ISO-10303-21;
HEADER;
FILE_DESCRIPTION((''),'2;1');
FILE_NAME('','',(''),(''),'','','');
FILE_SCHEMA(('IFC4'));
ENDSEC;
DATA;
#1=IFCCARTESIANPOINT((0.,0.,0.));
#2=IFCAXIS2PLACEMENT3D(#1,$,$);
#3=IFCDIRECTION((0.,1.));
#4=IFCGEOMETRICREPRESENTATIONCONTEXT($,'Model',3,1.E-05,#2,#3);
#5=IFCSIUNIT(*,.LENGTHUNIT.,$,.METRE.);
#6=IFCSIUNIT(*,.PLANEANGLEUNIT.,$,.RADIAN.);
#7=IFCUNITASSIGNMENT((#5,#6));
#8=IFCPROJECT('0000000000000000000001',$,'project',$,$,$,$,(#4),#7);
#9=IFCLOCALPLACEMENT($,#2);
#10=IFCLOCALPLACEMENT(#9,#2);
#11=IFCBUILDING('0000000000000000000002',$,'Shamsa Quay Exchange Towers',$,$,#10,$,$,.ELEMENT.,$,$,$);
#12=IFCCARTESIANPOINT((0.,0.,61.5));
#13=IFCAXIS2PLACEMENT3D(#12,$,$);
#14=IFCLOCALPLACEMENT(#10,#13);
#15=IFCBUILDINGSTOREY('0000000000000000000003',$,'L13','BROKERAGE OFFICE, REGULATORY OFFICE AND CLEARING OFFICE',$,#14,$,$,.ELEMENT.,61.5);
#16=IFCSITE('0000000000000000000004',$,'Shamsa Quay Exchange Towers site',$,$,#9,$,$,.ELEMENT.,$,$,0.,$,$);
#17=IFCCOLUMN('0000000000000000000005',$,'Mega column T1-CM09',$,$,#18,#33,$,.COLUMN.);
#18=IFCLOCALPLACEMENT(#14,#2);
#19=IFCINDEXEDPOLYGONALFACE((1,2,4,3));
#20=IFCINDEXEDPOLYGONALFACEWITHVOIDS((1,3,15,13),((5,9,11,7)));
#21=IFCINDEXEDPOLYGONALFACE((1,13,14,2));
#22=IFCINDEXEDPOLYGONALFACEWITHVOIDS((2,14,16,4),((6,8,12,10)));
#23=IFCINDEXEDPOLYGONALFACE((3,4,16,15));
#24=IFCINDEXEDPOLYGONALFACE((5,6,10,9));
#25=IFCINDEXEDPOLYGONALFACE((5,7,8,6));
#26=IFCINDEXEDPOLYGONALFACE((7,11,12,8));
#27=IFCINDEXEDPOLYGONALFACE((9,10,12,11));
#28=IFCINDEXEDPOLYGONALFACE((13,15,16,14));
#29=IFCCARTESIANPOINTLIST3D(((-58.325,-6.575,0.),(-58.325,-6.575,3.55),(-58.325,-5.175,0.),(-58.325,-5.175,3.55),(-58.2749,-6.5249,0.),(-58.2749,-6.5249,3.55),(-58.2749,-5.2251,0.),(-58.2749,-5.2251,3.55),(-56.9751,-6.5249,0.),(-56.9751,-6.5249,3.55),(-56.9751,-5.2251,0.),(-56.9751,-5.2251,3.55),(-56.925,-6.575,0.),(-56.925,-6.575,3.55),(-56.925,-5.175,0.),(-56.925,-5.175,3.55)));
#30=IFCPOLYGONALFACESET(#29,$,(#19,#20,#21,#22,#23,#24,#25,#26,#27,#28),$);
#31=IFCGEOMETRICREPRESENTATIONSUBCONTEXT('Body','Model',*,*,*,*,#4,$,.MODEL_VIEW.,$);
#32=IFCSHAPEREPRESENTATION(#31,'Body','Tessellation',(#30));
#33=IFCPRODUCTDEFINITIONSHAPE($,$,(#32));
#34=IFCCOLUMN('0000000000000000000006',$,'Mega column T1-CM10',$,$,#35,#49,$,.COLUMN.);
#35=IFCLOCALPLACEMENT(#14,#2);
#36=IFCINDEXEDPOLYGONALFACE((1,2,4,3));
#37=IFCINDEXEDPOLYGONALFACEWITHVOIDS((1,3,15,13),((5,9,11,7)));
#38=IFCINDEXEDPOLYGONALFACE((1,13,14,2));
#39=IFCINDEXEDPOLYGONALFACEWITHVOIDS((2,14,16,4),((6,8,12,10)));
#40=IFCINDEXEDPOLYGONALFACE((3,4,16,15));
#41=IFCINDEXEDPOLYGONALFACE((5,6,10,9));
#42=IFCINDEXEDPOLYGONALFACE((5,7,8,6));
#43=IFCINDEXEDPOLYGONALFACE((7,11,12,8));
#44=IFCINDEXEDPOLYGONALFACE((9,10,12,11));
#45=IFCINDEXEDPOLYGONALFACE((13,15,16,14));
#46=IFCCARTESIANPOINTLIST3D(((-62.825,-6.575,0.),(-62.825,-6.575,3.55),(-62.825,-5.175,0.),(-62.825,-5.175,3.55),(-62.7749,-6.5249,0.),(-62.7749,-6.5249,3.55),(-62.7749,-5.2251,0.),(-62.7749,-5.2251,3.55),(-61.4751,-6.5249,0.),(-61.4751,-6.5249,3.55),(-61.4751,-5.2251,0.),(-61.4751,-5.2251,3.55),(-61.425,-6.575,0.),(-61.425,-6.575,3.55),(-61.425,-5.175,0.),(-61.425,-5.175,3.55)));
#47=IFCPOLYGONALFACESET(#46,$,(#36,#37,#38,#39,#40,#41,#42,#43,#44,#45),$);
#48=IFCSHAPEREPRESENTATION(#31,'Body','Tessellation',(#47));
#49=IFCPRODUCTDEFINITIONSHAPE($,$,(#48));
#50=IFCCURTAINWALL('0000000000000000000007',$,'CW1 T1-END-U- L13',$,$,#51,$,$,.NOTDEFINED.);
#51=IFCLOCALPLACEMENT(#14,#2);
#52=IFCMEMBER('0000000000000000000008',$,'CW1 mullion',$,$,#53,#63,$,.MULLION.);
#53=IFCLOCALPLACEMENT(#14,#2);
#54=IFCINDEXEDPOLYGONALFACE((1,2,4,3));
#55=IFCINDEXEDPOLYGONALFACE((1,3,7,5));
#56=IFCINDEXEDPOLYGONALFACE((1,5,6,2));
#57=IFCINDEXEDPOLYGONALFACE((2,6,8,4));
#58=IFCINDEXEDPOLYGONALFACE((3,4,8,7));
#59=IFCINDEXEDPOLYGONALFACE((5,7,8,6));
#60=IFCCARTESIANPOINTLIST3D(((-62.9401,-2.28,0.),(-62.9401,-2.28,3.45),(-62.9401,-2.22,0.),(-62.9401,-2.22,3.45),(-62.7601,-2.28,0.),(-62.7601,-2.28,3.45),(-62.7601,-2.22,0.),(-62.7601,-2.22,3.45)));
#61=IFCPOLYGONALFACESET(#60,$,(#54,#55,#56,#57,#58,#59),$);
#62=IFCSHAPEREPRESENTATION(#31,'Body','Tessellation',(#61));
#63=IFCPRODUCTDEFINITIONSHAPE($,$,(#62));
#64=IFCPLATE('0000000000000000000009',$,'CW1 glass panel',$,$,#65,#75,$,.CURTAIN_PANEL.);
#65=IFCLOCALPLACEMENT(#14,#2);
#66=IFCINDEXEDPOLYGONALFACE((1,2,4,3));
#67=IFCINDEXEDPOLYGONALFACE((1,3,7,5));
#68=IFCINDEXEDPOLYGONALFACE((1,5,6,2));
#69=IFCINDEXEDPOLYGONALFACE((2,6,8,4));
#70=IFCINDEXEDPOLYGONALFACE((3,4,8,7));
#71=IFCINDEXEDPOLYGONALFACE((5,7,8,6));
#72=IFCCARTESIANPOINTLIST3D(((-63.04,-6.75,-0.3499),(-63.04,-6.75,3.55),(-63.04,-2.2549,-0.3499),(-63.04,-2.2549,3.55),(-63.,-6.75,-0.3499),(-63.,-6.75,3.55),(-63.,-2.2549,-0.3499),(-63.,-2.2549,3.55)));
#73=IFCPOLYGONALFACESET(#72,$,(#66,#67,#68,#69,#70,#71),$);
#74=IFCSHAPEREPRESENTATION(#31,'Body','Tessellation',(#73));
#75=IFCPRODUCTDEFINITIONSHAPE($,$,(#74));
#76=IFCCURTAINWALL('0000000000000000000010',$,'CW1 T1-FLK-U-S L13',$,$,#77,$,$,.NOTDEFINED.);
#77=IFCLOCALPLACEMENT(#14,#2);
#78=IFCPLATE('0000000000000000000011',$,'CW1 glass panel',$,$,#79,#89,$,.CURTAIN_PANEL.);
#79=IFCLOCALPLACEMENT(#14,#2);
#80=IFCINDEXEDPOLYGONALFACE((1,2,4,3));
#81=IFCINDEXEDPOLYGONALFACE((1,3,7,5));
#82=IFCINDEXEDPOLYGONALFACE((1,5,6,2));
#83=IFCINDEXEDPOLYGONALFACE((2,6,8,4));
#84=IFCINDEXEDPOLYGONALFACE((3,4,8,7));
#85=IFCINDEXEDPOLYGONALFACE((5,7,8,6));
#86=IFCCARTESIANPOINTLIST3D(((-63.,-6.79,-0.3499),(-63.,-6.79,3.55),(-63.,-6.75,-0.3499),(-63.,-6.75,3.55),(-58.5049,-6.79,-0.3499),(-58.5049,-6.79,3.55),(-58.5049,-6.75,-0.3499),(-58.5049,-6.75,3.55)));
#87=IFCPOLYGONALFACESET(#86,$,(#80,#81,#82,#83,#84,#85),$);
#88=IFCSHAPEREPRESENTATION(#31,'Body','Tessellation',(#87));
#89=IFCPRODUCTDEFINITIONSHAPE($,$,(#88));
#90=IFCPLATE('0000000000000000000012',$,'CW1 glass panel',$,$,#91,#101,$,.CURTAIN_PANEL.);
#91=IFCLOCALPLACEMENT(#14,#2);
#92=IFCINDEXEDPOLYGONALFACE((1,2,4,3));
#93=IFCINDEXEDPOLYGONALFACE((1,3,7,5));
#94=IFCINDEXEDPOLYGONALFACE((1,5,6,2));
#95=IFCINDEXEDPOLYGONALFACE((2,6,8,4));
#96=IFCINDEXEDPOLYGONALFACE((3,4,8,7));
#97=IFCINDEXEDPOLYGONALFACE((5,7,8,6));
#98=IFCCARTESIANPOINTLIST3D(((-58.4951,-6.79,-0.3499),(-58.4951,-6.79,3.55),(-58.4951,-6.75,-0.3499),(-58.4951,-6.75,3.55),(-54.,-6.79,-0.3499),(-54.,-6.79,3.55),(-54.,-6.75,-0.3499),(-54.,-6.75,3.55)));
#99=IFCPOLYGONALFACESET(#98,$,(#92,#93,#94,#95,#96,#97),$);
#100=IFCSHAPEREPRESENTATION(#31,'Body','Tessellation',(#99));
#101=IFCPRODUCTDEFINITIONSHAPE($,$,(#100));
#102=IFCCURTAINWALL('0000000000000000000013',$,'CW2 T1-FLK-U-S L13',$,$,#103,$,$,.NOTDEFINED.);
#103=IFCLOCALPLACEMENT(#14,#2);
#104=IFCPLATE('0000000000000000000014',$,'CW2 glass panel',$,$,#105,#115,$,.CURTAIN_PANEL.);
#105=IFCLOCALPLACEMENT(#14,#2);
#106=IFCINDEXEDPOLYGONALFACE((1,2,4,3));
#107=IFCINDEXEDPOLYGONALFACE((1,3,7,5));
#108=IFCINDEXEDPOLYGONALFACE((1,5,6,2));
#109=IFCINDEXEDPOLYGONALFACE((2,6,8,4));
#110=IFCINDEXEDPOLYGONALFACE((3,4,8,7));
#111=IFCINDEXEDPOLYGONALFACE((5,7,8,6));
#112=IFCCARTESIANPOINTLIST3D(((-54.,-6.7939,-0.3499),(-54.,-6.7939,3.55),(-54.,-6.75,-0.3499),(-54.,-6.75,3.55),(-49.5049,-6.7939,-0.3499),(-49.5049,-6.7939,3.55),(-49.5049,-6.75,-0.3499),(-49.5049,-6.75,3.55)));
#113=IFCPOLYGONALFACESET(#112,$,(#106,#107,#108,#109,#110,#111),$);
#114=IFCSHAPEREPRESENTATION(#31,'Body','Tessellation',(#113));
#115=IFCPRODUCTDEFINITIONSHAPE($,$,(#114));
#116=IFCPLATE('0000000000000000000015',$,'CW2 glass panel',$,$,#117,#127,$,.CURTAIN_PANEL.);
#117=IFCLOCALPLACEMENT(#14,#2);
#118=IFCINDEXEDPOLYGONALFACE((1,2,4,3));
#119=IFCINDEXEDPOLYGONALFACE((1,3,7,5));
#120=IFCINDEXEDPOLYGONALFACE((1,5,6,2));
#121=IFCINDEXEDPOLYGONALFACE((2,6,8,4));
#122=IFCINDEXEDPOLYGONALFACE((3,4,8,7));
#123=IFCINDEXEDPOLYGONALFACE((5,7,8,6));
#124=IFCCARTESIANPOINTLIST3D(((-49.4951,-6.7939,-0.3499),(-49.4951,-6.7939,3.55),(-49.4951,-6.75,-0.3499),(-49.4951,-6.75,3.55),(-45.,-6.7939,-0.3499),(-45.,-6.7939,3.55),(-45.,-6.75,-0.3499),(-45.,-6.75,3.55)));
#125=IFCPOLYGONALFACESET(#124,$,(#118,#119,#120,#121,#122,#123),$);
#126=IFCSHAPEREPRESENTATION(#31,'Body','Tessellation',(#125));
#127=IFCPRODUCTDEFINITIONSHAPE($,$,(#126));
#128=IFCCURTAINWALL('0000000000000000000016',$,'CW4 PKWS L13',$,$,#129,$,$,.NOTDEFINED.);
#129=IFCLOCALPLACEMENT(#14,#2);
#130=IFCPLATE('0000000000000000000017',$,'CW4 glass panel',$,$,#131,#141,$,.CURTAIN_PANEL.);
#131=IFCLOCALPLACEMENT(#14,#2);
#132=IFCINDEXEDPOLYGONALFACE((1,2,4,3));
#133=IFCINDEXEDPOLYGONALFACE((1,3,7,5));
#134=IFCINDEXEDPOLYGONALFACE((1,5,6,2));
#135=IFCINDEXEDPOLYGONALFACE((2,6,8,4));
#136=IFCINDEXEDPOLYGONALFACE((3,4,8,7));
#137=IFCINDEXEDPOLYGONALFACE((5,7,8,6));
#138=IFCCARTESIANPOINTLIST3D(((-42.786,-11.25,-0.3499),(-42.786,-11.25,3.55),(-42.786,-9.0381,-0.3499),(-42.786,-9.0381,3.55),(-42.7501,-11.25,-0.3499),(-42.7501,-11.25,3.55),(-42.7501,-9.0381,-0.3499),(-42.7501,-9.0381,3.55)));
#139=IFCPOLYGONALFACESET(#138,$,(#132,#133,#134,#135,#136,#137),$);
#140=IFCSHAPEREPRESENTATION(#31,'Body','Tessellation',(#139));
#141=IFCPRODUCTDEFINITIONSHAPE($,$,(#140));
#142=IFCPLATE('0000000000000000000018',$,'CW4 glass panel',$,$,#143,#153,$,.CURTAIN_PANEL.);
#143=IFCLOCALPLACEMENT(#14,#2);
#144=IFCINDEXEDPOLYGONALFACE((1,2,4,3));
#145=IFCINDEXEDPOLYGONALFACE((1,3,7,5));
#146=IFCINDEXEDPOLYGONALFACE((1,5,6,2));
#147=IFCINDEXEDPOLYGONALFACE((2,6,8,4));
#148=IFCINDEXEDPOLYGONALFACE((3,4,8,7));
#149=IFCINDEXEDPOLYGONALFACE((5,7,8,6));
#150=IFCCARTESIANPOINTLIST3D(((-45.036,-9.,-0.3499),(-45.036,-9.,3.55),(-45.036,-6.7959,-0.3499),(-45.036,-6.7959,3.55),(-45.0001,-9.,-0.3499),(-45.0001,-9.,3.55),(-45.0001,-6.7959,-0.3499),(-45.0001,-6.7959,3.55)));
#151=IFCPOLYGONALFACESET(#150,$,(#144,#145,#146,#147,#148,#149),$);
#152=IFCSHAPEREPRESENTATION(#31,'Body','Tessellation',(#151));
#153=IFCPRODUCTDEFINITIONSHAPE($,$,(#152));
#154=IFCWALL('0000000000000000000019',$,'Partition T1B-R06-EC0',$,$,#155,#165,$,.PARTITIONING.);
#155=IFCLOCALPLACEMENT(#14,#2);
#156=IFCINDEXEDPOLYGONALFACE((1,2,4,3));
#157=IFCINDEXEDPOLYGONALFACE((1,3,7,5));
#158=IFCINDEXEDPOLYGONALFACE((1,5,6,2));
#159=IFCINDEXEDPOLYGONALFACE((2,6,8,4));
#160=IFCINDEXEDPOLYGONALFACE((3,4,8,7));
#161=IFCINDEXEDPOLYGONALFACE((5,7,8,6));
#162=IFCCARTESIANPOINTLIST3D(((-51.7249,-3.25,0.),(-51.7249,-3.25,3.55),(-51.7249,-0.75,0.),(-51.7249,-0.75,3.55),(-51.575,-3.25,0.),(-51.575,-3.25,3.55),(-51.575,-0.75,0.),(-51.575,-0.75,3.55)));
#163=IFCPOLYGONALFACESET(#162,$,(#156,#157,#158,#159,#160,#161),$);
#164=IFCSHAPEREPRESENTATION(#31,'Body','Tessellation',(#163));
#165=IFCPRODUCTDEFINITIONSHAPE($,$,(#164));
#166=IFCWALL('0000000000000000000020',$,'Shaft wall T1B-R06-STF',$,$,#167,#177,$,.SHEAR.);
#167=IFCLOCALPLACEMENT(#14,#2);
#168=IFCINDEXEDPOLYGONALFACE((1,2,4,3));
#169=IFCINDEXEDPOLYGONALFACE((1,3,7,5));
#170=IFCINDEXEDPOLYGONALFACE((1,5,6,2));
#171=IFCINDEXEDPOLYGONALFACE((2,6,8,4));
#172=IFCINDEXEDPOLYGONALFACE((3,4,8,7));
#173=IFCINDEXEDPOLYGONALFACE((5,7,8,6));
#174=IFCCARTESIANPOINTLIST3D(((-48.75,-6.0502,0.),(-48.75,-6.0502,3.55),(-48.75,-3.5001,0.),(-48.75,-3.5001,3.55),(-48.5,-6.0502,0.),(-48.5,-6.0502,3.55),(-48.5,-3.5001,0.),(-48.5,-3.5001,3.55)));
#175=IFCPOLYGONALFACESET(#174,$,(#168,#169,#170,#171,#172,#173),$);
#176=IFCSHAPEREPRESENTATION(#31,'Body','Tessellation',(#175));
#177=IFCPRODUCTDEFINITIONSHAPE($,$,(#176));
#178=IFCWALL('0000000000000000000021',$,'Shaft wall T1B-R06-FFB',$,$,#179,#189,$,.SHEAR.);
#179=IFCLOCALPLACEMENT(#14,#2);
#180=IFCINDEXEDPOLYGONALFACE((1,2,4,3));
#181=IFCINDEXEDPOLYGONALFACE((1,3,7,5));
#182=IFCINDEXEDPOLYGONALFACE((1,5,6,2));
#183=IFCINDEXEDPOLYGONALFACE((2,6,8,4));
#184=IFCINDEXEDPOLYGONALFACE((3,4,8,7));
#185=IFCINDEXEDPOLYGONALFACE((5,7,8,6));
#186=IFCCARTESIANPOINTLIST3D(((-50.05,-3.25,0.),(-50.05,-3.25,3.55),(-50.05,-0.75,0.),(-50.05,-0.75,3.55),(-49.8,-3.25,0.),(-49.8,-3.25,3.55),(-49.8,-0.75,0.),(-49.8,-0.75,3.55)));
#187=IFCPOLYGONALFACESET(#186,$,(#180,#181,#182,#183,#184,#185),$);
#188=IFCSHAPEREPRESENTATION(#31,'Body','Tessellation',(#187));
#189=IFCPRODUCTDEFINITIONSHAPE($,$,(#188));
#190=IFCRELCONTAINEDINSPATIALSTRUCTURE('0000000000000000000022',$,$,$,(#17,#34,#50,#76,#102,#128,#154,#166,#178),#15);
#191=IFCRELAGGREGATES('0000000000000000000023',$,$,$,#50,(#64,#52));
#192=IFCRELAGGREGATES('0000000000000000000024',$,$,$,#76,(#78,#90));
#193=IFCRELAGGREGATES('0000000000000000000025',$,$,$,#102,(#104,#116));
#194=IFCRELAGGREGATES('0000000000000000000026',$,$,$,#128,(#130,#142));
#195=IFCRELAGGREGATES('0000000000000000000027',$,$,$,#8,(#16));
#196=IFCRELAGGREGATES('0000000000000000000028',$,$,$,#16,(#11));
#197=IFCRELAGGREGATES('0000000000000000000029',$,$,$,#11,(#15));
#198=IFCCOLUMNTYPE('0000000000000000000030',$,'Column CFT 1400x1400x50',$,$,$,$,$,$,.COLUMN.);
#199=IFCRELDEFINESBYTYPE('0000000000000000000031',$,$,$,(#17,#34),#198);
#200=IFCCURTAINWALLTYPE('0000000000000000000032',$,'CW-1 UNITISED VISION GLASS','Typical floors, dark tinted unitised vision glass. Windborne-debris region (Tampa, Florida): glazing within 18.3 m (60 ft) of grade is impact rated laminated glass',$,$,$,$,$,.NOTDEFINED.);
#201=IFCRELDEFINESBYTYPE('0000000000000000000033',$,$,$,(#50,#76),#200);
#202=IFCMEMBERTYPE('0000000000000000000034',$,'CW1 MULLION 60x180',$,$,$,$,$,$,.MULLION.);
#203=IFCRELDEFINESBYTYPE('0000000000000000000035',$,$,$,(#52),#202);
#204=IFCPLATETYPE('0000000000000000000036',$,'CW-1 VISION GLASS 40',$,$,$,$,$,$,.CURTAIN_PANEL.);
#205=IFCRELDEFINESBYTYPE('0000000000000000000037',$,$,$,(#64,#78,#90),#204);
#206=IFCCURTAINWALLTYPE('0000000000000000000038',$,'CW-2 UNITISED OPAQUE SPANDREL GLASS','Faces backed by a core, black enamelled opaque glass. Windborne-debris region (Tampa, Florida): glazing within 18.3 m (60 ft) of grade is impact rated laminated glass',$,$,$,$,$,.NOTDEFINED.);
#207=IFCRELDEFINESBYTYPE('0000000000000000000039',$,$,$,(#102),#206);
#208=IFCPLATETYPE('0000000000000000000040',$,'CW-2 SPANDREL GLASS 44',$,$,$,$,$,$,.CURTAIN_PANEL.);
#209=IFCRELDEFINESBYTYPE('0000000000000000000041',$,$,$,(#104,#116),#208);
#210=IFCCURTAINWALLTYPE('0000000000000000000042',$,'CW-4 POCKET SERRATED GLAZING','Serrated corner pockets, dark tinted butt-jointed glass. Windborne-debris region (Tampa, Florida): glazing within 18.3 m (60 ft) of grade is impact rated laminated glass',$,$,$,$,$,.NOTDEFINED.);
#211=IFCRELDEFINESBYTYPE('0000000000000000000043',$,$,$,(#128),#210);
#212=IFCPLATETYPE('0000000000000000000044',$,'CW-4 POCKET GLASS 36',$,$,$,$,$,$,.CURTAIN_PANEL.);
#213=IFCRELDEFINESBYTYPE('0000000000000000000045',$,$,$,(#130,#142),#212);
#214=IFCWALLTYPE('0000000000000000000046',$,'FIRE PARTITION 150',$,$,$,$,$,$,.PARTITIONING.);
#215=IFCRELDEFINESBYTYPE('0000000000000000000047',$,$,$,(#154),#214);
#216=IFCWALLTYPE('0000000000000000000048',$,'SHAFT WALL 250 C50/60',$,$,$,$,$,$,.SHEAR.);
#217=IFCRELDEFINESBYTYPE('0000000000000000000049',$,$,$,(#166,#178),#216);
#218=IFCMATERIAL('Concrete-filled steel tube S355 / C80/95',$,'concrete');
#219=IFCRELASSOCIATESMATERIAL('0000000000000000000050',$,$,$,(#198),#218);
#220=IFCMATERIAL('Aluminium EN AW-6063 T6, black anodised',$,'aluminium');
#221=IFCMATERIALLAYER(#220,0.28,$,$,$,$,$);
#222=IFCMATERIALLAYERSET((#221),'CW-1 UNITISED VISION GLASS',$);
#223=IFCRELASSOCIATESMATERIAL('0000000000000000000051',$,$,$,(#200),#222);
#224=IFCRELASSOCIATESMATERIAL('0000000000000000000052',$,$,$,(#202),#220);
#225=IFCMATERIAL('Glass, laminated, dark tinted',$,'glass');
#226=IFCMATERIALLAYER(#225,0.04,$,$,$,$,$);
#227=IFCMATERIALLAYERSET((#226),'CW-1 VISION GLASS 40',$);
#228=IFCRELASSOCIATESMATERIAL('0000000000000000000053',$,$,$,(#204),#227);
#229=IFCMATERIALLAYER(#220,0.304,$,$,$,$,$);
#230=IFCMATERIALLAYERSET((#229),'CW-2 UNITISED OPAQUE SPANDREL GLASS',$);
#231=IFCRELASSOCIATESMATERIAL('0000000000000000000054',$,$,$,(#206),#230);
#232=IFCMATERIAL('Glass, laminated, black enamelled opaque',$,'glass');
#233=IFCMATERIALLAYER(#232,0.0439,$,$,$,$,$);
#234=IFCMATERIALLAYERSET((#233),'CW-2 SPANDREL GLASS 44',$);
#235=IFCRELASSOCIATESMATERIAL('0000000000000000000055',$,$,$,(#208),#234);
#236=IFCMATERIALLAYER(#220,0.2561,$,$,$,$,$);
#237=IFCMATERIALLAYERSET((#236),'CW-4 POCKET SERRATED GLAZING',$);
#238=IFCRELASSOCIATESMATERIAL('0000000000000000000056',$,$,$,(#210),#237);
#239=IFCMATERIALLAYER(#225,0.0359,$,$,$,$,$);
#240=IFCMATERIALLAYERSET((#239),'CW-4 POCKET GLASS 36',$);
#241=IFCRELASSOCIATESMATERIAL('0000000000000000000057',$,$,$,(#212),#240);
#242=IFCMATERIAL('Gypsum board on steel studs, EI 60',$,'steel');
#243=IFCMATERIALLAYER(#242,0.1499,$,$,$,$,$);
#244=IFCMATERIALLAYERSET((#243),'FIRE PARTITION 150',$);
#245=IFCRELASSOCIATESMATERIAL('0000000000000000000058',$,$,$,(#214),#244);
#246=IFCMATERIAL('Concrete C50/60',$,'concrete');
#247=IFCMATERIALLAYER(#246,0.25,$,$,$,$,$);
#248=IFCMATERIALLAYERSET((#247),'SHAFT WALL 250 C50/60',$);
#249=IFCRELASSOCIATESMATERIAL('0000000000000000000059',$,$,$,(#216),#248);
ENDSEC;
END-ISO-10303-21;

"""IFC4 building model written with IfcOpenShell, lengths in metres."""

from ifc_helpers import new_model, si_unit, direction, frame, frame_2d, origin, origin_2d, place, context, subcontext, project, spatial, rectangle, hollow_rectangle, extrude, material, layer, layer_set, material_profile, profile_set, type_object, element, aggregate, save


model = new_model("IFC4")

# Units and contexts
model_context = context("Model", 3, precision=1e-05, world=origin(), true_north=direction((0.0, 1.0)))
body_context = subcontext(model_context, "Body", "Model", "MODEL_VIEW")
ifc_project = project(units=[si_unit("LENGTHUNIT", "METRE"), si_unit("PLANEANGLEUNIT", "RADIAN")], contexts=[model_context])

# Site, building, storey
site_placement = place(None, origin())
site = spatial("IfcSite", under=ifc_project, at=site_placement, Name="Shamsa Quay Exchange Towers site", CompositionType="ELEMENT", RefElevation=0.0)
building_placement = place(site_placement, origin())
building = spatial("IfcBuilding", under=site, at=building_placement, Name="Shamsa Quay Exchange Towers", CompositionType="ELEMENT")
storey_placement = place(building_placement, frame((0.0, 0.0, 61.5)))
storey = spatial("IfcBuildingStorey", under=building, at=storey_placement, Name="L13", Description="BROKERAGE OFFICE, REGULATORY OFFICE AND CLEARING OFFICE", CompositionType="ELEMENT", Elevation=61.5)

# Columns
ifc_material_1 = material(Name="Concrete-filled steel tube S355 / C80/95", Category="concrete")
ifc_material_profile_1 = material_profile(ifc_material_1, hollow_rectangle(XDim=1.3999, YDim=1.3999, WallThickness=0.05, at=origin_2d()), Name="CFT 1400x1400x50")
ifc_profile_set_1 = profile_set([ifc_material_profile_1], Name="Concrete-filled steel tube S355 / C80/95")
column_type = type_object("IfcColumnType", Name="Column CFT 1400x1400x50", PredefinedType="COLUMN", material=ifc_profile_set_1)
for number, where, name in (
    (1, (-57.625, -5.875, 0.0), "Mega column T1-CM09"),
    (2, (-62.125, -5.875, 0.0), "Mega column T1-CM10"),
):
    element("IfcColumn", number, at=place(storey_placement, frame(where)), inside=storey, type_object=column_type, Name=name, PredefinedType="COLUMN", context=body_context, shape_type="SweptSolid", body=[
        extrude(hollow_rectangle(XDim=1.3999, YDim=1.3999, WallThickness=0.05, at=origin_2d()), origin(), (0.0, 0.0, 1.0), 3.55),
    ])

# Curtain wall, member, plate
ifc_material_2 = material(Name="Aluminium EN AW-6063 T6, black anodised", Category="aluminium")
ifc_layer_1 = layer(ifc_material_2, 0.28)
ifc_layer_set_1 = layer_set([ifc_layer_1], Name="CW-1 UNITISED VISION GLASS")
curtain_wall_type_1 = type_object("IfcCurtainWallType", Name="CW-1 UNITISED VISION GLASS", Description="Typical floors, dark tinted unitised vision glass. Windborne-debris region (Tampa, Florida): glazing within 18.3 m (60 ft) of grade is impact rated laminated glass", PredefinedType="NOTDEFINED", material=ifc_layer_set_1)
curtain_wall_1_placement = place(storey_placement, origin())
curtain_wall_1 = element("IfcCurtainWall", 3, at=curtain_wall_1_placement, inside=storey, type_object=curtain_wall_type_1, Name="CW1 T1-END-U- L13", PredefinedType="NOTDEFINED")
ifc_material_profile_2 = material_profile(ifc_material_2, rectangle(XDim=0.1799, YDim=0.0601, at=origin_2d()), Name="MU60x180")
ifc_profile_set_2 = profile_set([ifc_material_profile_2], Name="Aluminium EN AW-6063 T6, black anodised")
member_type = type_object("IfcMemberType", Name="CW1 MULLION 60x180", PredefinedType="MULLION", material=ifc_profile_set_2)
member_placement = place(storey_placement, frame((-62.8501, -2.25, 0.0)))
member = element("IfcMember", 4, at=member_placement, type_object=member_type, Name="CW1 mullion", PredefinedType="MULLION", context=body_context, shape_type="SweptSolid", body=[
    extrude(rectangle(XDim=0.1799, YDim=0.0601, at=origin_2d()), origin(), (0.0, 0.0, 1.0), 3.45),
])
ifc_material_3 = material(Name="Glass, laminated, dark tinted", Category="glass")
ifc_layer_2 = layer(ifc_material_3, 0.04)
ifc_layer_set_2 = layer_set([ifc_layer_2], Name="CW-1 VISION GLASS 40")
plate_type_1 = type_object("IfcPlateType", Name="CW-1 VISION GLASS 40", PredefinedType="CURTAIN_PANEL", material=ifc_layer_set_2)
plate_1_placement = place(storey_placement, frame((-63.02, -4.5024, -0.3499), z_axis=(0.0, 0.0, 1.0), x_axis=(0.0, -1.0, 0.0)))
plate_1 = element("IfcPlate", 5, at=plate_1_placement, type_object=plate_type_1, Name="CW1 glass panel", PredefinedType="CURTAIN_PANEL", context=body_context, shape_type="SweptSolid", body=[
    extrude(rectangle(XDim=4.4951, YDim=0.04, at=origin_2d()), origin(), (0.0, 0.0, 1.0), 3.8999),
])
aggregate(curtain_wall_1, [plate_1, member])

# Curtain walls, plates
curtain_wall_2_placement = place(storey_placement, origin())
curtain_wall_2 = element("IfcCurtainWall", 6, at=curtain_wall_2_placement, inside=storey, type_object=curtain_wall_type_1, Name="CW1 T1-FLK-U-S L13", PredefinedType="NOTDEFINED")
plate_2_placement = place(storey_placement, frame((-60.7524, -6.77, -0.3499)))
plate_2 = element("IfcPlate", 7, at=plate_2_placement, type_object=plate_type_1, Name="CW1 glass panel", PredefinedType="CURTAIN_PANEL", context=body_context, shape_type="SweptSolid", body=[
    extrude(rectangle(XDim=4.4951, YDim=0.04, at=origin_2d()), origin(), (0.0, 0.0, 1.0), 3.8999),
])
plate_3_placement = place(storey_placement, frame((-56.2476, -6.77, -0.3499)))
plate_3 = element("IfcPlate", 8, at=plate_3_placement, type_object=plate_type_1, Name="CW1 glass panel", PredefinedType="CURTAIN_PANEL", context=body_context, shape_type="SweptSolid", body=[
    extrude(rectangle(XDim=4.4951, YDim=0.04, at=origin_2d()), origin(), (0.0, 0.0, 1.0), 3.8999),
])
aggregate(curtain_wall_2, [plate_2, plate_3])
ifc_layer_3 = layer(ifc_material_2, 0.304)
ifc_layer_set_3 = layer_set([ifc_layer_3], Name="CW-2 UNITISED OPAQUE SPANDREL GLASS")
curtain_wall_type_2 = type_object("IfcCurtainWallType", Name="CW-2 UNITISED OPAQUE SPANDREL GLASS", Description="Faces backed by a core, black enamelled opaque glass. Windborne-debris region (Tampa, Florida): glazing within 18.3 m (60 ft) of grade is impact rated laminated glass", PredefinedType="NOTDEFINED", material=ifc_layer_set_3)
curtain_wall_3_placement = place(storey_placement, origin())
curtain_wall_3 = element("IfcCurtainWall", 9, at=curtain_wall_3_placement, inside=storey, type_object=curtain_wall_type_2, Name="CW2 T1-FLK-U-S L13", PredefinedType="NOTDEFINED")
ifc_material_4 = material(Name="Glass, laminated, black enamelled opaque", Category="glass")
ifc_layer_4 = layer(ifc_material_4, 0.0439)
ifc_layer_set_4 = layer_set([ifc_layer_4], Name="CW-2 SPANDREL GLASS 44")
plate_type_2 = type_object("IfcPlateType", Name="CW-2 SPANDREL GLASS 44", PredefinedType="CURTAIN_PANEL", material=ifc_layer_set_4)
plate_4_placement = place(storey_placement, frame((-51.7524, -6.772, -0.3499)))
plate_4 = element("IfcPlate", 10, at=plate_4_placement, type_object=plate_type_2, Name="CW2 glass panel", PredefinedType="CURTAIN_PANEL", context=body_context, shape_type="SweptSolid", body=[
    extrude(rectangle(XDim=4.4951, YDim=0.0439, at=origin_2d()), origin(), (0.0, 0.0, 1.0), 3.8999),
])
plate_5_placement = place(storey_placement, frame((-47.2476, -6.772, -0.3499)))
plate_5 = element("IfcPlate", 11, at=plate_5_placement, type_object=plate_type_2, Name="CW2 glass panel", PredefinedType="CURTAIN_PANEL", context=body_context, shape_type="SweptSolid", body=[
    extrude(rectangle(XDim=4.4951, YDim=0.0439, at=origin_2d()), origin(), (0.0, 0.0, 1.0), 3.8999),
])
aggregate(curtain_wall_3, [plate_4, plate_5])
ifc_layer_5 = layer(ifc_material_2, 0.2561)
ifc_layer_set_5 = layer_set([ifc_layer_5], Name="CW-4 POCKET SERRATED GLAZING")
curtain_wall_type_3 = type_object("IfcCurtainWallType", Name="CW-4 POCKET SERRATED GLAZING", Description="Serrated corner pockets, dark tinted butt-jointed glass. Windborne-debris region (Tampa, Florida): glazing within 18.3 m (60 ft) of grade is impact rated laminated glass", PredefinedType="NOTDEFINED", material=ifc_layer_set_5)
curtain_wall_4_placement = place(storey_placement, origin())
curtain_wall_4 = element("IfcCurtainWall", 12, at=curtain_wall_4_placement, inside=storey, type_object=curtain_wall_type_3, Name="CW4 PKWS L13", PredefinedType="NOTDEFINED")
ifc_layer_6 = layer(ifc_material_3, 0.0359)
ifc_layer_set_6 = layer_set([ifc_layer_6], Name="CW-4 POCKET GLASS 36")
plate_type_3 = type_object("IfcPlateType", Name="CW-4 POCKET GLASS 36", PredefinedType="CURTAIN_PANEL", material=ifc_layer_set_6)
plate_6_placement = place(storey_placement, frame((-42.7681, -10.144, -0.3499), z_axis=(0.0, 0.0, 1.0), x_axis=(0.0, -1.0, 0.0)))
plate_6 = element("IfcPlate", 13, at=plate_6_placement, type_object=plate_type_3, Name="CW4 glass panel", PredefinedType="CURTAIN_PANEL", context=body_context, shape_type="SweptSolid", body=[
    extrude(rectangle(XDim=2.2119, YDim=0.0359, at=origin_2d()), origin(), (0.0, 0.0, 1.0), 3.8999),
])
plate_7_placement = place(storey_placement, frame((-45.0181, -7.8979, -0.3499), z_axis=(0.0, 0.0, 1.0), x_axis=(0.0, -1.0, 0.0)))
plate_7 = element("IfcPlate", 14, at=plate_7_placement, type_object=plate_type_3, Name="CW4 glass panel", PredefinedType="CURTAIN_PANEL", context=body_context, shape_type="SweptSolid", body=[
    extrude(rectangle(XDim=2.2041, YDim=0.0359, at=origin_2d()), origin(), (0.0, 0.0, 1.0), 3.8999),
])
aggregate(curtain_wall_4, [plate_6, plate_7])

# Walls
ifc_material_5 = material(Name="Gypsum board on steel studs, EI 60", Category="steel")
ifc_layer_7 = layer(ifc_material_5, 0.1499)
ifc_layer_set_7 = layer_set([ifc_layer_7], Name="FIRE PARTITION 150")
wall_type_1 = type_object("IfcWallType", Name="FIRE PARTITION 150", PredefinedType="PARTITIONING", material=ifc_layer_set_7)
wall_1_placement = place(storey_placement, frame((-51.6499, -3.25, 0.0), z_axis=(0.0, 0.0, 1.0), x_axis=(0.0, 1.0, 0.0)))
element("IfcWall", 15, at=wall_1_placement, inside=storey, type_object=wall_type_1, Name="Partition T1B-R06-EC0", PredefinedType="PARTITIONING", context=body_context, shape_type="SweptSolid", body=[
    extrude(rectangle(XDim=2.5, YDim=0.1499, at=frame_2d((1.25, 0.0))), origin(), (0.0, 0.0, 1.0), 3.55),
])
ifc_material_6 = material(Name="Concrete C50/60", Category="concrete")
ifc_layer_8 = layer(ifc_material_6, 0.25)
ifc_layer_set_8 = layer_set([ifc_layer_8], Name="SHAFT WALL 250 C50/60")
wall_type_2 = type_object("IfcWallType", Name="SHAFT WALL 250 C50/60", PredefinedType="SHEAR", material=ifc_layer_set_8)
wall_2_placement = place(storey_placement, frame((-48.625, -6.05, 0.0), z_axis=(0.0, 0.0, 1.0), x_axis=(0.0, 1.0, 0.0)))
element("IfcWall", 16, at=wall_2_placement, inside=storey, type_object=wall_type_2, Name="Shaft wall T1B-R06-STF", PredefinedType="SHEAR", context=body_context, shape_type="SweptSolid", body=[
    extrude(rectangle(XDim=2.55, YDim=0.25, at=frame_2d((1.2749, 0.0))), origin(), (0.0, 0.0, 1.0), 3.55),
])

# Wall
wall_3_placement = place(storey_placement, frame((-49.925, -3.25, 0.0), z_axis=(0.0, 0.0, 1.0), x_axis=(0.0, 1.0, 0.0)))
element("IfcWall", 17, at=wall_3_placement, inside=storey, type_object=wall_type_2, Name="Shaft wall T1B-R06-FFB", PredefinedType="SHEAR", context=body_context, shape_type="SweptSolid", body=[
    extrude(rectangle(XDim=2.5, YDim=0.25, at=frame_2d((1.25, 0.0))), origin(), (0.0, 0.0, 1.0), 3.55),
])

save(model, "model.ifc")
